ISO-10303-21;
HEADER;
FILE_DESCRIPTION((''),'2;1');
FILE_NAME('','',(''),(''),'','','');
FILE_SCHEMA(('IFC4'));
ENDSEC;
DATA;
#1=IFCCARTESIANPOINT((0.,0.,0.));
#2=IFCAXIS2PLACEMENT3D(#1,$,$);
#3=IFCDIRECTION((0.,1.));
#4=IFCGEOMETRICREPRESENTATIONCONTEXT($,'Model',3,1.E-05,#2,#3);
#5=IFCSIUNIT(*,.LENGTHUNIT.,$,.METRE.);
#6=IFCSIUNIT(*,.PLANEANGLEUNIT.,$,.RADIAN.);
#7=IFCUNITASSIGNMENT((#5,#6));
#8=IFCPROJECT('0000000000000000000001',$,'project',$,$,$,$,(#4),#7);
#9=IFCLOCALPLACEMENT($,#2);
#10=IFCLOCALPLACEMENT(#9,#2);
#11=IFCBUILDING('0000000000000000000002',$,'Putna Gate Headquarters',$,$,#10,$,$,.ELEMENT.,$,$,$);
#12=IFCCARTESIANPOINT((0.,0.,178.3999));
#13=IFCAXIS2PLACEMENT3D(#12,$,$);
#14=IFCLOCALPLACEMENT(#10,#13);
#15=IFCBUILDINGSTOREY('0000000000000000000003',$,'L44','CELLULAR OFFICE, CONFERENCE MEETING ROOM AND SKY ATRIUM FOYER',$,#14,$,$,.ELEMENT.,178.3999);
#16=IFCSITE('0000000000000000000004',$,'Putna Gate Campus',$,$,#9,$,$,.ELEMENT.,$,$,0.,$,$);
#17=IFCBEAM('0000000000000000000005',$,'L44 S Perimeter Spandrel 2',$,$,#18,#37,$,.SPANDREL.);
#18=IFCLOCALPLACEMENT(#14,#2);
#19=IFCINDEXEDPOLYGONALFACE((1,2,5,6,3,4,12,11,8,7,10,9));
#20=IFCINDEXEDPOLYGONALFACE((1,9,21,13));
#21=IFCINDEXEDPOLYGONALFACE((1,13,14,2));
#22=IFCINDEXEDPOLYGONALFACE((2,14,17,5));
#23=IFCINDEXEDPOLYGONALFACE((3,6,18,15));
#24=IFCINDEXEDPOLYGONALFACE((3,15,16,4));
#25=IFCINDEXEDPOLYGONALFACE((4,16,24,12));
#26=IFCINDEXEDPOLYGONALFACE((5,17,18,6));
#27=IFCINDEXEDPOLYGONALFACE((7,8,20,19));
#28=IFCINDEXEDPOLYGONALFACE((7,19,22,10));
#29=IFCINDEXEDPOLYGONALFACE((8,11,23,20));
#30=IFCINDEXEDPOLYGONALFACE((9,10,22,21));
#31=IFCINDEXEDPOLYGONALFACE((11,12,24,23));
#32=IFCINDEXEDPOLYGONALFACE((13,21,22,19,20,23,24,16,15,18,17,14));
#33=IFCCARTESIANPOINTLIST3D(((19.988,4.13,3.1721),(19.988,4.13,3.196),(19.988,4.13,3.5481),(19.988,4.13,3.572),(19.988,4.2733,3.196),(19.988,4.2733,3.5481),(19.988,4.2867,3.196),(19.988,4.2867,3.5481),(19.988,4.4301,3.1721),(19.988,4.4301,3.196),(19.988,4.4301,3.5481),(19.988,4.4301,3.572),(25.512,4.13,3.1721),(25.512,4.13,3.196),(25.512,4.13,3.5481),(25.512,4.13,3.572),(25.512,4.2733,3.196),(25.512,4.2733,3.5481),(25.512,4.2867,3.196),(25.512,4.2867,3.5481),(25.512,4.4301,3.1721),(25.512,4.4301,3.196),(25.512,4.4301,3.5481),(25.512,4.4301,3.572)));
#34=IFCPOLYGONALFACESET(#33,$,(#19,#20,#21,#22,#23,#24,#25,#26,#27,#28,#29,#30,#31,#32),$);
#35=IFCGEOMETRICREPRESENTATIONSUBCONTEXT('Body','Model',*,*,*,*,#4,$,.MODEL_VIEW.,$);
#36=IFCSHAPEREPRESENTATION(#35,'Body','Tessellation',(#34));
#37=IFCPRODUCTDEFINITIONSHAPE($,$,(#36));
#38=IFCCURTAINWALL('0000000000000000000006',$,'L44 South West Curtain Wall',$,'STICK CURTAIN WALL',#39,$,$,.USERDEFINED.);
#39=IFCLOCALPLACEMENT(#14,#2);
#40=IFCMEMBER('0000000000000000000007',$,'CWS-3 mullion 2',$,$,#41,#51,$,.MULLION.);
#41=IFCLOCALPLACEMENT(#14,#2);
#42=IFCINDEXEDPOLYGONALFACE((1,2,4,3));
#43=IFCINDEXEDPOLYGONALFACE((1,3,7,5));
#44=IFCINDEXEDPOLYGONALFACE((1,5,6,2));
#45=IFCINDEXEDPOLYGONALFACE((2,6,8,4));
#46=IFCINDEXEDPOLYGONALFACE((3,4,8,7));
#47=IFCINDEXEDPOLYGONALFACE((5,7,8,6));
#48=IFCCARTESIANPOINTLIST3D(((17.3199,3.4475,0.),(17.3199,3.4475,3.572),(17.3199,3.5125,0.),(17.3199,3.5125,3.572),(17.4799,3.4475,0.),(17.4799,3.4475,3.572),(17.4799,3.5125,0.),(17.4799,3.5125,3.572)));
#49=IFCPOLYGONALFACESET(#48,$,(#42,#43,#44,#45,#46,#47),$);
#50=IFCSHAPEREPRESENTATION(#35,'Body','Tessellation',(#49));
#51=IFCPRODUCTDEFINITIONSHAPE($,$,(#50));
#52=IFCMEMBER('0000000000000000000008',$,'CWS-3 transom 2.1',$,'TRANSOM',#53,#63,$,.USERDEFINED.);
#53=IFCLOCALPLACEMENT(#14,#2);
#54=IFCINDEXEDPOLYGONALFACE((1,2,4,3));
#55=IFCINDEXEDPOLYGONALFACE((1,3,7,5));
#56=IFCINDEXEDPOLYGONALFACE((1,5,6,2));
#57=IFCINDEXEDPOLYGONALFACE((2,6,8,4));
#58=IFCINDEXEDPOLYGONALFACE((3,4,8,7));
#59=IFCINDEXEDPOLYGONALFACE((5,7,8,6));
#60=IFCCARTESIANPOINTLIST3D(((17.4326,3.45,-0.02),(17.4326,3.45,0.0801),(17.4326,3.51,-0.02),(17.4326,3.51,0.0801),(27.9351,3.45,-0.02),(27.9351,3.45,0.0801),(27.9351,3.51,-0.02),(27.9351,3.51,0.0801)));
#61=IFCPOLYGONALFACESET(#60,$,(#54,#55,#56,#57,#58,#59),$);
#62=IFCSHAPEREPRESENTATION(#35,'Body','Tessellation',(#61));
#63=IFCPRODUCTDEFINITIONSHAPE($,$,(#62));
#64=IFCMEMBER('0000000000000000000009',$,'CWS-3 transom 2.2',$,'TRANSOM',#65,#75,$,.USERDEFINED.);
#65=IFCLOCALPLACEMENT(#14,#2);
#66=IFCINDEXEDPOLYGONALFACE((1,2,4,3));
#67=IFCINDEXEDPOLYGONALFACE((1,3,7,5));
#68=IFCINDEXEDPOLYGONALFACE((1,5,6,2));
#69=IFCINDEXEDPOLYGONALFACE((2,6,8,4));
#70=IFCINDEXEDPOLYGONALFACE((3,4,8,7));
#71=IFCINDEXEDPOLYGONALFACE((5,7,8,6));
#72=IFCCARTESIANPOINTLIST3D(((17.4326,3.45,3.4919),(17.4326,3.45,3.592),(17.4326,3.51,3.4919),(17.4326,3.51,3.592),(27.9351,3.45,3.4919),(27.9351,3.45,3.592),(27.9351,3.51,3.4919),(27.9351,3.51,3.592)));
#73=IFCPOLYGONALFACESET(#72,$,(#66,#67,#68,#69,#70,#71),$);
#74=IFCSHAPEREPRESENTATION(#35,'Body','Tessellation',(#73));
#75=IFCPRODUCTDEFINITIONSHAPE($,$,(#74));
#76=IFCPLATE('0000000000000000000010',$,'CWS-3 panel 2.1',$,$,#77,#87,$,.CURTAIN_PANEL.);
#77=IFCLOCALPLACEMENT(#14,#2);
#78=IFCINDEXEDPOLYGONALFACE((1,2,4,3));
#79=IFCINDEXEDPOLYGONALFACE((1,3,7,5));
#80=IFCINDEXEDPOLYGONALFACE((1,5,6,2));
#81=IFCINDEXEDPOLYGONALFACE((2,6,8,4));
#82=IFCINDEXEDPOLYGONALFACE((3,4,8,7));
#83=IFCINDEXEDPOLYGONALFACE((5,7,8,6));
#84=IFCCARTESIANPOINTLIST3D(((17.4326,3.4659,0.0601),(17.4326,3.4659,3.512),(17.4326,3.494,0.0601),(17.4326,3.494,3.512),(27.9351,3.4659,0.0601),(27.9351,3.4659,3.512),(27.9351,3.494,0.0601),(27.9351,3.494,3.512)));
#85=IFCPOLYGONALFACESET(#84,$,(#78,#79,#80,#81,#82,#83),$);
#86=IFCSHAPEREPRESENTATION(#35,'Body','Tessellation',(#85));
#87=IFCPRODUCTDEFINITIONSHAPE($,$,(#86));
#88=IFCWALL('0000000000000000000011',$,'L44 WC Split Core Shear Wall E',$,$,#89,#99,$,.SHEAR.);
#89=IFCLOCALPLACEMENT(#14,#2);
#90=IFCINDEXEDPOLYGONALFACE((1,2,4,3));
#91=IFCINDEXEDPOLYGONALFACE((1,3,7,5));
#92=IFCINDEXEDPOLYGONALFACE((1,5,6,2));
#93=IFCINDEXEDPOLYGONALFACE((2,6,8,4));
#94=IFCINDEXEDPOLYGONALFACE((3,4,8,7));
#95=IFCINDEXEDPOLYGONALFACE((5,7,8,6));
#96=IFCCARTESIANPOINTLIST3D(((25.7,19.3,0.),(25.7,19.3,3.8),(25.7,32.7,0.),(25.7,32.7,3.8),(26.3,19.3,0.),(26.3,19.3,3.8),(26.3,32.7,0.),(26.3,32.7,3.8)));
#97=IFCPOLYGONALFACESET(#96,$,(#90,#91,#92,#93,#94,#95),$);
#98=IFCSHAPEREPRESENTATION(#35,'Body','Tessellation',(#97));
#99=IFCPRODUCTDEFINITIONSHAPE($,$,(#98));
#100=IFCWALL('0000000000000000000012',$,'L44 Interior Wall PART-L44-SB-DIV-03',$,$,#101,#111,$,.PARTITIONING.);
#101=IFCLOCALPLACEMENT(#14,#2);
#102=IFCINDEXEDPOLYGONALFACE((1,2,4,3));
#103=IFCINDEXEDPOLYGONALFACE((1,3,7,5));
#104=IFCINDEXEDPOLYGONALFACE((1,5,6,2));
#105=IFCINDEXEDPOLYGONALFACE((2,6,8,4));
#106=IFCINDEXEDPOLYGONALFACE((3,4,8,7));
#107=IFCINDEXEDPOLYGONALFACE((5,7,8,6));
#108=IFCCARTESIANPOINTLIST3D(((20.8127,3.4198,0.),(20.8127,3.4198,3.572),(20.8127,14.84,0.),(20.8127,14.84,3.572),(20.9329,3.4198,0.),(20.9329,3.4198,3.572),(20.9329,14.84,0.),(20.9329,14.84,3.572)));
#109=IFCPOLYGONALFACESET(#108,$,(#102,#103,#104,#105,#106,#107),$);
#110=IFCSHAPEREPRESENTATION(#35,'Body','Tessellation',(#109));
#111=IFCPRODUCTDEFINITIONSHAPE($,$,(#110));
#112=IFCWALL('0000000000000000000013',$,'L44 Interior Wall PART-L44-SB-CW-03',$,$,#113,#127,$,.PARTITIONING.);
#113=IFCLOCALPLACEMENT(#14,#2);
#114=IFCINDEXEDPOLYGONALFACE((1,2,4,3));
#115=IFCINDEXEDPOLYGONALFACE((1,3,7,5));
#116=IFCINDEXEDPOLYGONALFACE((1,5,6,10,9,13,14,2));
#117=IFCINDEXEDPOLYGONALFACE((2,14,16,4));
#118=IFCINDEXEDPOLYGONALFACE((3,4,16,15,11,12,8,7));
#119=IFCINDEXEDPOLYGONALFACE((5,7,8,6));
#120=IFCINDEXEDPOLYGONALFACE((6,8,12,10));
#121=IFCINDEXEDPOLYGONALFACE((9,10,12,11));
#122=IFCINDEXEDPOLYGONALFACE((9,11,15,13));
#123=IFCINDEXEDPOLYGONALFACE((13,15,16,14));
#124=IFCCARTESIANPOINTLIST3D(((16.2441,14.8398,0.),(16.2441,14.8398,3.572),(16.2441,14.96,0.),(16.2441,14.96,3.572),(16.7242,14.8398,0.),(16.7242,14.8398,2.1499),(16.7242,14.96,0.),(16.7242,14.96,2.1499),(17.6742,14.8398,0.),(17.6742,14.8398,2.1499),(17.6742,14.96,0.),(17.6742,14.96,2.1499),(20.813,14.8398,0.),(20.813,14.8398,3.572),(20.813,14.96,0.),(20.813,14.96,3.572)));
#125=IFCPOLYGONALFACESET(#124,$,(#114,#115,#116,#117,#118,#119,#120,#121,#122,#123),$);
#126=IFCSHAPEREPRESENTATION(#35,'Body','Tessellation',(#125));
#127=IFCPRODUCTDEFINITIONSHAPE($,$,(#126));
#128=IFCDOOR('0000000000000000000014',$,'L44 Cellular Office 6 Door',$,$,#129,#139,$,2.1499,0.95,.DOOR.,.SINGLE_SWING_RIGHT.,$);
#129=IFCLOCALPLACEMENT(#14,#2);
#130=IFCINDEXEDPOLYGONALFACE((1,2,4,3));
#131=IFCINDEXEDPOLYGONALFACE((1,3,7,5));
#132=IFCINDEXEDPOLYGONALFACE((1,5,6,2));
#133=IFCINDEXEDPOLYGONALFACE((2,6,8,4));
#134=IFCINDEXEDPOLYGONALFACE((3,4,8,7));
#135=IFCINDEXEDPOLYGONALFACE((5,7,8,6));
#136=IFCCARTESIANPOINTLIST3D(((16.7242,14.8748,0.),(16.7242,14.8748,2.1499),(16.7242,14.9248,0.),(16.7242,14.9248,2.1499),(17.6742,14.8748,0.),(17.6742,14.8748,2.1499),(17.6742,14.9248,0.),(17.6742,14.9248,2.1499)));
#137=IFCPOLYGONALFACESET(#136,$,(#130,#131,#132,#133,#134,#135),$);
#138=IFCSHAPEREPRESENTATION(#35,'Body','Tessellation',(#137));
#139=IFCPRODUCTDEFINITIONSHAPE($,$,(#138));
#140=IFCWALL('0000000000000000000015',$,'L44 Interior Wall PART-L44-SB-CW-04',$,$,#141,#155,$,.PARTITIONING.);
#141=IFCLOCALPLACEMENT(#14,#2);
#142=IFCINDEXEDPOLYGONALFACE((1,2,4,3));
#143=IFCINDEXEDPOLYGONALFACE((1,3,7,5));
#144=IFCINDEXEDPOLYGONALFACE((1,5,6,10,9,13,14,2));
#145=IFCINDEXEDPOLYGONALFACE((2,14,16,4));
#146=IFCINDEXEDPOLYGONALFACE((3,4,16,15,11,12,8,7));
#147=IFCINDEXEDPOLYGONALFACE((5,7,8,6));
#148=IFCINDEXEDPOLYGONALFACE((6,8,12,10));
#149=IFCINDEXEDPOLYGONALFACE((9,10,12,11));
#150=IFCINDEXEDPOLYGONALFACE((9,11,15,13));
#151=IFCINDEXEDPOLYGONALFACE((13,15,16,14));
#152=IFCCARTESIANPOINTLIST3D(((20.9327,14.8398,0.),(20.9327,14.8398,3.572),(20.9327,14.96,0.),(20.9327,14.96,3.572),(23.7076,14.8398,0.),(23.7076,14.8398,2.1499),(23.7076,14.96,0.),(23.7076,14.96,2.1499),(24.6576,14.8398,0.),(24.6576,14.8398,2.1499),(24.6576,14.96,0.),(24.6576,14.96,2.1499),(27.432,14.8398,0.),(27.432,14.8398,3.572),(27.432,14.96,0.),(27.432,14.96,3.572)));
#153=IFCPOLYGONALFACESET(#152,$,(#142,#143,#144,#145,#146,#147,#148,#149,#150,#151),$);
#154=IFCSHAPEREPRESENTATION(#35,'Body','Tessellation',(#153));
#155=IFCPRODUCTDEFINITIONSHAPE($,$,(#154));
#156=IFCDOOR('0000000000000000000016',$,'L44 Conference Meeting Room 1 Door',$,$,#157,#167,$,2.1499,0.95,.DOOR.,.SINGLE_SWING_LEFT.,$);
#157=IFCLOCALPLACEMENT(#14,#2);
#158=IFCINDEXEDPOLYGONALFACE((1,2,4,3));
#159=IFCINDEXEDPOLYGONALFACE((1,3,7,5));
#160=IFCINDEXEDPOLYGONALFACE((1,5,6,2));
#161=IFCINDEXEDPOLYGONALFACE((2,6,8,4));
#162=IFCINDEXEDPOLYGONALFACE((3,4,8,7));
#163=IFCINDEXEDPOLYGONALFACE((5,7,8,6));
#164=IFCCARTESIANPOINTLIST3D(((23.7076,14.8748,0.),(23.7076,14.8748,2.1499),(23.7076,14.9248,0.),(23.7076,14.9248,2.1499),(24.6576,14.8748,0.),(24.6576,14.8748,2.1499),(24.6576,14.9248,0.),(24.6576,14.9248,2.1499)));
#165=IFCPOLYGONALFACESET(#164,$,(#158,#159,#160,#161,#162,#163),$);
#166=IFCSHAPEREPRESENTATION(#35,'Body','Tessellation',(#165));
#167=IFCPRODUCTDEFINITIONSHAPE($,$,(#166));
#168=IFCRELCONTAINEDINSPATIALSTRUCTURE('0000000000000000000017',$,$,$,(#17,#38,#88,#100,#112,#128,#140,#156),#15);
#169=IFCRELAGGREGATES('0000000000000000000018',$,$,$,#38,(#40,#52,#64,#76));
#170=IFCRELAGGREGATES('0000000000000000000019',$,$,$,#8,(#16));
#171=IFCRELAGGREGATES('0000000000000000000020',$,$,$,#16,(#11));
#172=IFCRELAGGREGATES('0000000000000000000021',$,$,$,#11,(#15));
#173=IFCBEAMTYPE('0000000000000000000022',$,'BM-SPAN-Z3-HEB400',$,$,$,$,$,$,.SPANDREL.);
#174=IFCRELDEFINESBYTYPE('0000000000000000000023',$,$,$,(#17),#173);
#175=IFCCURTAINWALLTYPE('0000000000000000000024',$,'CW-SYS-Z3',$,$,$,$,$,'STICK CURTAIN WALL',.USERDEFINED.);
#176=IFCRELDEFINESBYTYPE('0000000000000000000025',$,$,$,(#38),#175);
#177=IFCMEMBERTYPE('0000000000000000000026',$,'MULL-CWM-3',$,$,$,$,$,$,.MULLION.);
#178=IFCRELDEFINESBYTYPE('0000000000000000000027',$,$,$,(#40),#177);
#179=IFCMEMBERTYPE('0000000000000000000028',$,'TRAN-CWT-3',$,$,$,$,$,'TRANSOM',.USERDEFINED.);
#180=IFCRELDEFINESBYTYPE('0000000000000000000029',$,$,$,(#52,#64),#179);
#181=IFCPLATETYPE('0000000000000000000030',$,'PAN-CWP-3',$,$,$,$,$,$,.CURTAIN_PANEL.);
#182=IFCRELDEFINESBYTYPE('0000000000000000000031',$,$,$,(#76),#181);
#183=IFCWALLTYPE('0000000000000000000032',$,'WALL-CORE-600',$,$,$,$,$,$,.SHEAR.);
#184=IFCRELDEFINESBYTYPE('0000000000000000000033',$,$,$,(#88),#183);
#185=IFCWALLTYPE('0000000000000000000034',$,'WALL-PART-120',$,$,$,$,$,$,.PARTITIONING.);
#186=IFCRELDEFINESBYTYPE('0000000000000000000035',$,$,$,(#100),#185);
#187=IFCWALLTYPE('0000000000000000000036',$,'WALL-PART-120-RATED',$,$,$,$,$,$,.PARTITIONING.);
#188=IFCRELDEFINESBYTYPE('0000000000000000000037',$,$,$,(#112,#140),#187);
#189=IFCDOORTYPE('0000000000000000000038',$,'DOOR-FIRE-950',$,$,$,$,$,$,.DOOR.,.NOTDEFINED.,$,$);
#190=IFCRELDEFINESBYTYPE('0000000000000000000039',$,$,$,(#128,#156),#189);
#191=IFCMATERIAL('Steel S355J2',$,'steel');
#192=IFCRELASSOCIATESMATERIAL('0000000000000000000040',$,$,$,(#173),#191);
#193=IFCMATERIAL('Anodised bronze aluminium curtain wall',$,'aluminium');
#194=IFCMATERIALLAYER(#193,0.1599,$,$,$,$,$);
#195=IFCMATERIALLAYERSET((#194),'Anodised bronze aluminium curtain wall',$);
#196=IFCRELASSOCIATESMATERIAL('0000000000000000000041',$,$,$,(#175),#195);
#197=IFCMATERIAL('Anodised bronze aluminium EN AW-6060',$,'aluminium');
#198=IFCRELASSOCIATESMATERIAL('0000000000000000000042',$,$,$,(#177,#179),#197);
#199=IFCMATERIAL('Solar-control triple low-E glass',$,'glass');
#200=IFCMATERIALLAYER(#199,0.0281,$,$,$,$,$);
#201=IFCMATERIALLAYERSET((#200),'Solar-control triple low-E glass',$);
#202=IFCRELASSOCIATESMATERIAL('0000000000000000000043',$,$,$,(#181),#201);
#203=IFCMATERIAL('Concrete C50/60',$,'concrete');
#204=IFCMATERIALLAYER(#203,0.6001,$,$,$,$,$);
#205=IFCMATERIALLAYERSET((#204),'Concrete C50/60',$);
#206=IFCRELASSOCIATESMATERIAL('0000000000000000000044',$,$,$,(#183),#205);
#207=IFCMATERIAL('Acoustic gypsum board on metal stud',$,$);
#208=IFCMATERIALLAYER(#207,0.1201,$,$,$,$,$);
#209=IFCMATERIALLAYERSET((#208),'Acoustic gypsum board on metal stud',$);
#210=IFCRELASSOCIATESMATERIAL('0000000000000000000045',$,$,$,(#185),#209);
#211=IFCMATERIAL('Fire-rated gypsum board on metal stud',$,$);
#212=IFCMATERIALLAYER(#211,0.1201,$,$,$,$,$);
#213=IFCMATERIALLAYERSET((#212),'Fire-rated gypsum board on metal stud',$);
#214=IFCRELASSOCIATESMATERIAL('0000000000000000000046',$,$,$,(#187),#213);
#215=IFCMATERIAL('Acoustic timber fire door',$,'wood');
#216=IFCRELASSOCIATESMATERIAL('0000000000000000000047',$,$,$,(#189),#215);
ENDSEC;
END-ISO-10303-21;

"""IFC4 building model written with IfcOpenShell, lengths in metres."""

from ifc_helpers import new_model, si_unit, direction, frame, frame_2d, origin, origin_2d, place, context, subcontext, project, spatial, rectangle, i_section, extrude, material, layer, layer_set, material_profile, profile_set, type_object, element, fill, aggregate, save


model = new_model("IFC4")

# Units and contexts
model_context = context("Model", 3, precision=1e-05, world=origin(), true_north=direction((0.0, 1.0)))
body_context = subcontext(model_context, "Body", "Model", "MODEL_VIEW")
ifc_project = project(units=[si_unit("LENGTHUNIT", "METRE"), si_unit("PLANEANGLEUNIT", "RADIAN")], contexts=[model_context])

# Site, building, storey
site_placement = place(None, origin())
site = spatial("IfcSite", under=ifc_project, at=site_placement, Name="Putna Gate Campus", CompositionType="ELEMENT", RefElevation=0.0)
building_placement = place(site_placement, origin())
building = spatial("IfcBuilding", under=site, at=building_placement, Name="Putna Gate Headquarters", CompositionType="ELEMENT")
storey_placement = place(building_placement, frame((0.0, 0.0, 178.3999)))
storey = spatial("IfcBuildingStorey", under=building, at=storey_placement, Name="L44", Description="CELLULAR OFFICE, CONFERENCE MEETING ROOM AND SKY ATRIUM FOYER", CompositionType="ELEMENT", Elevation=178.3999)

# Shared definitions
ifc_material_1 = material(Name="Concrete C50/60", Category="concrete")

# Beam
ifc_material_2 = material(Name="Steel S355J2", Category="steel")
ifc_material_profile_1 = material_profile(ifc_material_2, i_section(OverallWidth=0.3, OverallDepth=0.3999, WebThickness=0.0134, FlangeThickness=0.0239, at=origin_2d()), Name="Steel S355J2")
ifc_profile_set_1 = profile_set([ifc_material_profile_1], Name="Steel S355J2")
beam_type_1 = type_object("IfcBeamType", Name="BM-SPAN-Z3-HEB400", PredefinedType="SPANDREL", material=ifc_profile_set_1)
beam_1_placement = place(storey_placement, frame((19.988, 4.28, 3.3721), z_axis=(1.0, 0.0, 0.0), x_axis=(0.0, 1.0, 0.0)))
element("IfcBeam", 1, at=beam_1_placement, inside=storey, type_object=beam_type_1, Name="L44 S Perimeter Spandrel 2", PredefinedType="SPANDREL", context=body_context, shape_type="SweptSolid", body=[
    extrude(i_section(OverallWidth=0.3, OverallDepth=0.3999, WebThickness=0.0134, FlangeThickness=0.0239, at=origin_2d()), origin(), (0.0, 0.0, 1.0), 5.5239),
])

# Curtain wall, members, plate
ifc_material_3 = material(Name="Anodised bronze aluminium curtain wall", Category="aluminium")
ifc_layer_1 = layer(ifc_material_3, 0.1599)
ifc_layer_set_1 = layer_set([ifc_layer_1], Name="Anodised bronze aluminium curtain wall")
curtain_wall_type = type_object("IfcCurtainWallType", Name="CW-SYS-Z3", ElementType="STICK CURTAIN WALL", PredefinedType="USERDEFINED", material=ifc_layer_set_1)
curtain_wall_placement = place(storey_placement, origin())
curtain_wall = element("IfcCurtainWall", 2, at=curtain_wall_placement, inside=storey, type_object=curtain_wall_type, Name="L44 South West Curtain Wall", ObjectType="STICK CURTAIN WALL", PredefinedType="USERDEFINED")
ifc_material_4 = material(Name="Anodised bronze aluminium EN AW-6060", Category="aluminium")
ifc_material_profile_2 = material_profile(ifc_material_4, rectangle(XDim=0.0649, YDim=0.1599, at=origin_2d()), Name="Anodised bronze aluminium EN AW-6060")
ifc_profile_set_2 = profile_set([ifc_material_profile_2], Name="Anodised bronze aluminium EN AW-6060")
member_type_1 = type_object("IfcMemberType", Name="MULL-CWM-3", PredefinedType="MULLION", material=ifc_profile_set_2)
member_1_placement = place(storey_placement, frame((17.3999, 3.48, 0.0), z_axis=(0.0, 0.0, 1.0), x_axis=(0.0, 1.0, 0.0)))
member_1 = element("IfcMember", 3, at=member_1_placement, type_object=member_type_1, Name="CWS-3 mullion 2", PredefinedType="MULLION", context=body_context, shape_type="SweptSolid", body=[
    extrude(rectangle(XDim=0.0649, YDim=0.1599, at=origin_2d()), origin(), (0.0, 0.0, 1.0), 3.572),
])
ifc_material_profile_3 = material_profile(ifc_material_4, rectangle(XDim=0.0601, YDim=0.1001, at=origin_2d()), Name="Anodised bronze aluminium EN AW-6060")
ifc_profile_set_3 = profile_set([ifc_material_profile_3], Name="Anodised bronze aluminium EN AW-6060")
member_type_2 = type_object("IfcMemberType", Name="TRAN-CWT-3", ElementType="TRANSOM", PredefinedType="USERDEFINED", material=ifc_profile_set_3)
member_2_placement = place(storey_placement, frame((17.4326, 3.48, 0.03), z_axis=(1.0, 0.0, 0.0), x_axis=(0.0, 1.0, 0.0)))
member_2 = element("IfcMember", 4, at=member_2_placement, type_object=member_type_2, Name="CWS-3 transom 2.1", ObjectType="TRANSOM", PredefinedType="USERDEFINED", context=body_context, shape_type="SweptSolid", body=[
    extrude(rectangle(XDim=0.0601, YDim=0.1001, at=origin_2d()), origin(), (0.0, 0.0, 1.0), 10.5024),
])
member_3_placement = place(storey_placement, frame((17.4326, 3.48, 3.542), z_axis=(1.0, 0.0, 0.0), x_axis=(0.0, 1.0, 0.0)))
member_3 = element("IfcMember", 5, at=member_3_placement, type_object=member_type_2, Name="CWS-3 transom 2.2", ObjectType="TRANSOM", PredefinedType="USERDEFINED", context=body_context, shape_type="SweptSolid", body=[
    extrude(rectangle(XDim=0.0601, YDim=0.1001, at=origin_2d()), origin(), (0.0, 0.0, 1.0), 10.5024),
])
ifc_material_5 = material(Name="Solar-control triple low-E glass", Category="glass")
ifc_layer_2 = layer(ifc_material_5, 0.0281)
ifc_layer_set_2 = layer_set([ifc_layer_2], Name="Solar-control triple low-E glass")
plate_type = type_object("IfcPlateType", Name="PAN-CWP-3", PredefinedType="CURTAIN_PANEL", material=ifc_layer_set_2)
plate_placement = place(storey_placement, frame((22.6838, 3.48, 0.0601), z_axis=(0.0, 0.0, 1.0), x_axis=(1.0, 0.0, 0.0)))
plate = element("IfcPlate", 6, at=plate_placement, type_object=plate_type, Name="CWS-3 panel 2.1", PredefinedType="CURTAIN_PANEL", context=body_context, shape_type="SweptSolid", body=[
    extrude(rectangle(XDim=10.5024, YDim=0.0281, at=origin_2d()), origin(), (0.0, 0.0, 1.0), 3.4519),
])
aggregate(curtain_wall, [member_1, member_2, member_3, plate])

# Walls
ifc_layer_3 = layer(ifc_material_1, 0.6001)
ifc_layer_set_3 = layer_set([ifc_layer_3], Name="Concrete C50/60")
wall_type_1 = type_object("IfcWallType", Name="WALL-CORE-600", PredefinedType="SHEAR", material=ifc_layer_set_3)
wall_1_placement = place(storey_placement, frame((26.0, 19.3, 0.0), z_axis=(0.0, 0.0, 1.0), x_axis=(0.0, 1.0, 0.0)))
element("IfcWall", 7, at=wall_1_placement, inside=storey, type_object=wall_type_1, Name="L44 WC Split Core Shear Wall E", PredefinedType="SHEAR", context=body_context, shape_type="SweptSolid", body=[
    extrude(rectangle(XDim=13.3999, YDim=0.6001, at=frame_2d((6.7, 0.0))), origin(), (0.0, 0.0, 1.0), 3.8),
])
ifc_material_6 = material(Name="Acoustic gypsum board on metal stud")
ifc_layer_4 = layer(ifc_material_6, 0.1201)
ifc_layer_set_4 = layer_set([ifc_layer_4], Name="Acoustic gypsum board on metal stud")
wall_type_2 = type_object("IfcWallType", Name="WALL-PART-120", PredefinedType="PARTITIONING", material=ifc_layer_set_4)
wall_2_placement = place(storey_placement, frame((20.8728, 3.4199, 0.0), z_axis=(0.0, 0.0, 1.0), x_axis=(0.0, 1.0, 0.0)))
element("IfcWall", 8, at=wall_2_placement, inside=storey, type_object=wall_type_2, Name="L44 Interior Wall PART-L44-SB-DIV-03", PredefinedType="PARTITIONING", context=body_context, shape_type="SweptSolid", body=[
    extrude(rectangle(XDim=11.4202, YDim=0.1201, at=frame_2d((5.71, 0.0))), origin(), (0.0, 0.0, 1.0), 3.572),
])

# Walls, openings, doors
ifc_material_7 = material(Name="Fire-rated gypsum board on metal stud")
ifc_layer_5 = layer(ifc_material_7, 0.1201)
ifc_layer_set_5 = layer_set([ifc_layer_5], Name="Fire-rated gypsum board on metal stud")
wall_type_3 = type_object("IfcWallType", Name="WALL-PART-120-RATED", PredefinedType="PARTITIONING", material=ifc_layer_set_5)
wall_3_placement = place(storey_placement, frame((16.2441, 14.8999, 0.0), z_axis=(0.0, 0.0, 1.0), x_axis=(1.0, 0.0, 0.0)))
wall_3 = element("IfcWall", 9, at=wall_3_placement, inside=storey, type_object=wall_type_3, Name="L44 Interior Wall PART-L44-SB-CW-03", PredefinedType="PARTITIONING", context=body_context, shape_type="SweptSolid", body=[
    extrude(rectangle(XDim=4.5688, YDim=0.1201, at=frame_2d((2.2844, 0.0))), origin(), (0.0, 0.0, 1.0), 3.572),
])
opening_1_placement = place(wall_3_placement, frame((0.48, 0.0, 0.0)))
opening_1 = element("IfcOpeningElement", 10, at=opening_1_placement, cuts=wall_3, PredefinedType="OPENING", context=body_context, shape_type="SweptSolid", body=[
    extrude(rectangle(XDim=0.95, YDim=2.1499, at=frame_2d((0.4751, 1.075))), frame((0.0, 0.0701, 0.0), z_axis=(0.0, -1.0, 0.0), x_axis=(1.0, 0.0, 0.0)), (0.0, 0.0, 1.0), 0.1401),
])
ifc_material_8 = material(Name="Acoustic timber fire door", Category="wood")
door_type_1 = type_object("IfcDoorType", Name="DOOR-FIRE-950", OperationType="NOTDEFINED", PredefinedType="DOOR", material=ifc_material_8)
door_1_placement = place(opening_1_placement, origin())
door_1 = element("IfcDoor", 11, at=door_1_placement, inside=storey, type_object=door_type_1, Name="L44 Cellular Office 6 Door", OperationType="SINGLE_SWING_RIGHT", OverallHeight=2.1499, OverallWidth=0.95, PredefinedType="DOOR", context=body_context, shape_type="SweptSolid", body=[
    extrude(rectangle(XDim=0.95, YDim=2.1499, at=frame_2d((0.4751, 1.075))), frame((0.0, 0.0249, 0.0), z_axis=(0.0, -1.0, 0.0), x_axis=(1.0, 0.0, 0.0)), (0.0, 0.0, 1.0), 0.05),
])
fill(opening_1, door_1)
wall_4_placement = place(storey_placement, frame((20.9329, 14.8999, 0.0), z_axis=(0.0, 0.0, 1.0), x_axis=(1.0, 0.0, 0.0)))
wall_4 = element("IfcWall", 12, at=wall_4_placement, inside=storey, type_object=wall_type_3, Name="L44 Interior Wall PART-L44-SB-CW-04", PredefinedType="PARTITIONING", context=body_context, shape_type="SweptSolid", body=[
    extrude(rectangle(XDim=6.4993, YDim=0.1201, at=frame_2d((3.2495, 0.0))), origin(), (0.0, 0.0, 1.0), 3.572),
])
opening_2_placement = place(wall_4_placement, frame((2.7747, 0.0, 0.0)))
opening_2 = element("IfcOpeningElement", 13, at=opening_2_placement, cuts=wall_4, PredefinedType="OPENING", context=body_context, shape_type="SweptSolid", body=[
    extrude(rectangle(XDim=0.95, YDim=2.1499, at=frame_2d((0.4751, 1.075))), frame((0.0, 0.0701, 0.0), z_axis=(0.0, -1.0, 0.0), x_axis=(1.0, 0.0, 0.0)), (0.0, 0.0, 1.0), 0.1401),
])
door_2_placement = place(opening_2_placement, origin())
door_2 = element("IfcDoor", 14, at=door_2_placement, inside=storey, type_object=door_type_1, Name="L44 Conference Meeting Room 1 Door", OperationType="SINGLE_SWING_LEFT", OverallHeight=2.1499, OverallWidth=0.95, PredefinedType="DOOR", context=body_context, shape_type="SweptSolid", body=[
    extrude(rectangle(XDim=0.95, YDim=2.1499, at=frame_2d((0.4751, 1.075))), frame((0.0, 0.0249, 0.0), z_axis=(0.0, -1.0, 0.0), x_axis=(1.0, 0.0, 0.0)), (0.0, 0.0, 1.0), 0.05),
])
fill(opening_2, door_2)

save(model, "model.ifc")
